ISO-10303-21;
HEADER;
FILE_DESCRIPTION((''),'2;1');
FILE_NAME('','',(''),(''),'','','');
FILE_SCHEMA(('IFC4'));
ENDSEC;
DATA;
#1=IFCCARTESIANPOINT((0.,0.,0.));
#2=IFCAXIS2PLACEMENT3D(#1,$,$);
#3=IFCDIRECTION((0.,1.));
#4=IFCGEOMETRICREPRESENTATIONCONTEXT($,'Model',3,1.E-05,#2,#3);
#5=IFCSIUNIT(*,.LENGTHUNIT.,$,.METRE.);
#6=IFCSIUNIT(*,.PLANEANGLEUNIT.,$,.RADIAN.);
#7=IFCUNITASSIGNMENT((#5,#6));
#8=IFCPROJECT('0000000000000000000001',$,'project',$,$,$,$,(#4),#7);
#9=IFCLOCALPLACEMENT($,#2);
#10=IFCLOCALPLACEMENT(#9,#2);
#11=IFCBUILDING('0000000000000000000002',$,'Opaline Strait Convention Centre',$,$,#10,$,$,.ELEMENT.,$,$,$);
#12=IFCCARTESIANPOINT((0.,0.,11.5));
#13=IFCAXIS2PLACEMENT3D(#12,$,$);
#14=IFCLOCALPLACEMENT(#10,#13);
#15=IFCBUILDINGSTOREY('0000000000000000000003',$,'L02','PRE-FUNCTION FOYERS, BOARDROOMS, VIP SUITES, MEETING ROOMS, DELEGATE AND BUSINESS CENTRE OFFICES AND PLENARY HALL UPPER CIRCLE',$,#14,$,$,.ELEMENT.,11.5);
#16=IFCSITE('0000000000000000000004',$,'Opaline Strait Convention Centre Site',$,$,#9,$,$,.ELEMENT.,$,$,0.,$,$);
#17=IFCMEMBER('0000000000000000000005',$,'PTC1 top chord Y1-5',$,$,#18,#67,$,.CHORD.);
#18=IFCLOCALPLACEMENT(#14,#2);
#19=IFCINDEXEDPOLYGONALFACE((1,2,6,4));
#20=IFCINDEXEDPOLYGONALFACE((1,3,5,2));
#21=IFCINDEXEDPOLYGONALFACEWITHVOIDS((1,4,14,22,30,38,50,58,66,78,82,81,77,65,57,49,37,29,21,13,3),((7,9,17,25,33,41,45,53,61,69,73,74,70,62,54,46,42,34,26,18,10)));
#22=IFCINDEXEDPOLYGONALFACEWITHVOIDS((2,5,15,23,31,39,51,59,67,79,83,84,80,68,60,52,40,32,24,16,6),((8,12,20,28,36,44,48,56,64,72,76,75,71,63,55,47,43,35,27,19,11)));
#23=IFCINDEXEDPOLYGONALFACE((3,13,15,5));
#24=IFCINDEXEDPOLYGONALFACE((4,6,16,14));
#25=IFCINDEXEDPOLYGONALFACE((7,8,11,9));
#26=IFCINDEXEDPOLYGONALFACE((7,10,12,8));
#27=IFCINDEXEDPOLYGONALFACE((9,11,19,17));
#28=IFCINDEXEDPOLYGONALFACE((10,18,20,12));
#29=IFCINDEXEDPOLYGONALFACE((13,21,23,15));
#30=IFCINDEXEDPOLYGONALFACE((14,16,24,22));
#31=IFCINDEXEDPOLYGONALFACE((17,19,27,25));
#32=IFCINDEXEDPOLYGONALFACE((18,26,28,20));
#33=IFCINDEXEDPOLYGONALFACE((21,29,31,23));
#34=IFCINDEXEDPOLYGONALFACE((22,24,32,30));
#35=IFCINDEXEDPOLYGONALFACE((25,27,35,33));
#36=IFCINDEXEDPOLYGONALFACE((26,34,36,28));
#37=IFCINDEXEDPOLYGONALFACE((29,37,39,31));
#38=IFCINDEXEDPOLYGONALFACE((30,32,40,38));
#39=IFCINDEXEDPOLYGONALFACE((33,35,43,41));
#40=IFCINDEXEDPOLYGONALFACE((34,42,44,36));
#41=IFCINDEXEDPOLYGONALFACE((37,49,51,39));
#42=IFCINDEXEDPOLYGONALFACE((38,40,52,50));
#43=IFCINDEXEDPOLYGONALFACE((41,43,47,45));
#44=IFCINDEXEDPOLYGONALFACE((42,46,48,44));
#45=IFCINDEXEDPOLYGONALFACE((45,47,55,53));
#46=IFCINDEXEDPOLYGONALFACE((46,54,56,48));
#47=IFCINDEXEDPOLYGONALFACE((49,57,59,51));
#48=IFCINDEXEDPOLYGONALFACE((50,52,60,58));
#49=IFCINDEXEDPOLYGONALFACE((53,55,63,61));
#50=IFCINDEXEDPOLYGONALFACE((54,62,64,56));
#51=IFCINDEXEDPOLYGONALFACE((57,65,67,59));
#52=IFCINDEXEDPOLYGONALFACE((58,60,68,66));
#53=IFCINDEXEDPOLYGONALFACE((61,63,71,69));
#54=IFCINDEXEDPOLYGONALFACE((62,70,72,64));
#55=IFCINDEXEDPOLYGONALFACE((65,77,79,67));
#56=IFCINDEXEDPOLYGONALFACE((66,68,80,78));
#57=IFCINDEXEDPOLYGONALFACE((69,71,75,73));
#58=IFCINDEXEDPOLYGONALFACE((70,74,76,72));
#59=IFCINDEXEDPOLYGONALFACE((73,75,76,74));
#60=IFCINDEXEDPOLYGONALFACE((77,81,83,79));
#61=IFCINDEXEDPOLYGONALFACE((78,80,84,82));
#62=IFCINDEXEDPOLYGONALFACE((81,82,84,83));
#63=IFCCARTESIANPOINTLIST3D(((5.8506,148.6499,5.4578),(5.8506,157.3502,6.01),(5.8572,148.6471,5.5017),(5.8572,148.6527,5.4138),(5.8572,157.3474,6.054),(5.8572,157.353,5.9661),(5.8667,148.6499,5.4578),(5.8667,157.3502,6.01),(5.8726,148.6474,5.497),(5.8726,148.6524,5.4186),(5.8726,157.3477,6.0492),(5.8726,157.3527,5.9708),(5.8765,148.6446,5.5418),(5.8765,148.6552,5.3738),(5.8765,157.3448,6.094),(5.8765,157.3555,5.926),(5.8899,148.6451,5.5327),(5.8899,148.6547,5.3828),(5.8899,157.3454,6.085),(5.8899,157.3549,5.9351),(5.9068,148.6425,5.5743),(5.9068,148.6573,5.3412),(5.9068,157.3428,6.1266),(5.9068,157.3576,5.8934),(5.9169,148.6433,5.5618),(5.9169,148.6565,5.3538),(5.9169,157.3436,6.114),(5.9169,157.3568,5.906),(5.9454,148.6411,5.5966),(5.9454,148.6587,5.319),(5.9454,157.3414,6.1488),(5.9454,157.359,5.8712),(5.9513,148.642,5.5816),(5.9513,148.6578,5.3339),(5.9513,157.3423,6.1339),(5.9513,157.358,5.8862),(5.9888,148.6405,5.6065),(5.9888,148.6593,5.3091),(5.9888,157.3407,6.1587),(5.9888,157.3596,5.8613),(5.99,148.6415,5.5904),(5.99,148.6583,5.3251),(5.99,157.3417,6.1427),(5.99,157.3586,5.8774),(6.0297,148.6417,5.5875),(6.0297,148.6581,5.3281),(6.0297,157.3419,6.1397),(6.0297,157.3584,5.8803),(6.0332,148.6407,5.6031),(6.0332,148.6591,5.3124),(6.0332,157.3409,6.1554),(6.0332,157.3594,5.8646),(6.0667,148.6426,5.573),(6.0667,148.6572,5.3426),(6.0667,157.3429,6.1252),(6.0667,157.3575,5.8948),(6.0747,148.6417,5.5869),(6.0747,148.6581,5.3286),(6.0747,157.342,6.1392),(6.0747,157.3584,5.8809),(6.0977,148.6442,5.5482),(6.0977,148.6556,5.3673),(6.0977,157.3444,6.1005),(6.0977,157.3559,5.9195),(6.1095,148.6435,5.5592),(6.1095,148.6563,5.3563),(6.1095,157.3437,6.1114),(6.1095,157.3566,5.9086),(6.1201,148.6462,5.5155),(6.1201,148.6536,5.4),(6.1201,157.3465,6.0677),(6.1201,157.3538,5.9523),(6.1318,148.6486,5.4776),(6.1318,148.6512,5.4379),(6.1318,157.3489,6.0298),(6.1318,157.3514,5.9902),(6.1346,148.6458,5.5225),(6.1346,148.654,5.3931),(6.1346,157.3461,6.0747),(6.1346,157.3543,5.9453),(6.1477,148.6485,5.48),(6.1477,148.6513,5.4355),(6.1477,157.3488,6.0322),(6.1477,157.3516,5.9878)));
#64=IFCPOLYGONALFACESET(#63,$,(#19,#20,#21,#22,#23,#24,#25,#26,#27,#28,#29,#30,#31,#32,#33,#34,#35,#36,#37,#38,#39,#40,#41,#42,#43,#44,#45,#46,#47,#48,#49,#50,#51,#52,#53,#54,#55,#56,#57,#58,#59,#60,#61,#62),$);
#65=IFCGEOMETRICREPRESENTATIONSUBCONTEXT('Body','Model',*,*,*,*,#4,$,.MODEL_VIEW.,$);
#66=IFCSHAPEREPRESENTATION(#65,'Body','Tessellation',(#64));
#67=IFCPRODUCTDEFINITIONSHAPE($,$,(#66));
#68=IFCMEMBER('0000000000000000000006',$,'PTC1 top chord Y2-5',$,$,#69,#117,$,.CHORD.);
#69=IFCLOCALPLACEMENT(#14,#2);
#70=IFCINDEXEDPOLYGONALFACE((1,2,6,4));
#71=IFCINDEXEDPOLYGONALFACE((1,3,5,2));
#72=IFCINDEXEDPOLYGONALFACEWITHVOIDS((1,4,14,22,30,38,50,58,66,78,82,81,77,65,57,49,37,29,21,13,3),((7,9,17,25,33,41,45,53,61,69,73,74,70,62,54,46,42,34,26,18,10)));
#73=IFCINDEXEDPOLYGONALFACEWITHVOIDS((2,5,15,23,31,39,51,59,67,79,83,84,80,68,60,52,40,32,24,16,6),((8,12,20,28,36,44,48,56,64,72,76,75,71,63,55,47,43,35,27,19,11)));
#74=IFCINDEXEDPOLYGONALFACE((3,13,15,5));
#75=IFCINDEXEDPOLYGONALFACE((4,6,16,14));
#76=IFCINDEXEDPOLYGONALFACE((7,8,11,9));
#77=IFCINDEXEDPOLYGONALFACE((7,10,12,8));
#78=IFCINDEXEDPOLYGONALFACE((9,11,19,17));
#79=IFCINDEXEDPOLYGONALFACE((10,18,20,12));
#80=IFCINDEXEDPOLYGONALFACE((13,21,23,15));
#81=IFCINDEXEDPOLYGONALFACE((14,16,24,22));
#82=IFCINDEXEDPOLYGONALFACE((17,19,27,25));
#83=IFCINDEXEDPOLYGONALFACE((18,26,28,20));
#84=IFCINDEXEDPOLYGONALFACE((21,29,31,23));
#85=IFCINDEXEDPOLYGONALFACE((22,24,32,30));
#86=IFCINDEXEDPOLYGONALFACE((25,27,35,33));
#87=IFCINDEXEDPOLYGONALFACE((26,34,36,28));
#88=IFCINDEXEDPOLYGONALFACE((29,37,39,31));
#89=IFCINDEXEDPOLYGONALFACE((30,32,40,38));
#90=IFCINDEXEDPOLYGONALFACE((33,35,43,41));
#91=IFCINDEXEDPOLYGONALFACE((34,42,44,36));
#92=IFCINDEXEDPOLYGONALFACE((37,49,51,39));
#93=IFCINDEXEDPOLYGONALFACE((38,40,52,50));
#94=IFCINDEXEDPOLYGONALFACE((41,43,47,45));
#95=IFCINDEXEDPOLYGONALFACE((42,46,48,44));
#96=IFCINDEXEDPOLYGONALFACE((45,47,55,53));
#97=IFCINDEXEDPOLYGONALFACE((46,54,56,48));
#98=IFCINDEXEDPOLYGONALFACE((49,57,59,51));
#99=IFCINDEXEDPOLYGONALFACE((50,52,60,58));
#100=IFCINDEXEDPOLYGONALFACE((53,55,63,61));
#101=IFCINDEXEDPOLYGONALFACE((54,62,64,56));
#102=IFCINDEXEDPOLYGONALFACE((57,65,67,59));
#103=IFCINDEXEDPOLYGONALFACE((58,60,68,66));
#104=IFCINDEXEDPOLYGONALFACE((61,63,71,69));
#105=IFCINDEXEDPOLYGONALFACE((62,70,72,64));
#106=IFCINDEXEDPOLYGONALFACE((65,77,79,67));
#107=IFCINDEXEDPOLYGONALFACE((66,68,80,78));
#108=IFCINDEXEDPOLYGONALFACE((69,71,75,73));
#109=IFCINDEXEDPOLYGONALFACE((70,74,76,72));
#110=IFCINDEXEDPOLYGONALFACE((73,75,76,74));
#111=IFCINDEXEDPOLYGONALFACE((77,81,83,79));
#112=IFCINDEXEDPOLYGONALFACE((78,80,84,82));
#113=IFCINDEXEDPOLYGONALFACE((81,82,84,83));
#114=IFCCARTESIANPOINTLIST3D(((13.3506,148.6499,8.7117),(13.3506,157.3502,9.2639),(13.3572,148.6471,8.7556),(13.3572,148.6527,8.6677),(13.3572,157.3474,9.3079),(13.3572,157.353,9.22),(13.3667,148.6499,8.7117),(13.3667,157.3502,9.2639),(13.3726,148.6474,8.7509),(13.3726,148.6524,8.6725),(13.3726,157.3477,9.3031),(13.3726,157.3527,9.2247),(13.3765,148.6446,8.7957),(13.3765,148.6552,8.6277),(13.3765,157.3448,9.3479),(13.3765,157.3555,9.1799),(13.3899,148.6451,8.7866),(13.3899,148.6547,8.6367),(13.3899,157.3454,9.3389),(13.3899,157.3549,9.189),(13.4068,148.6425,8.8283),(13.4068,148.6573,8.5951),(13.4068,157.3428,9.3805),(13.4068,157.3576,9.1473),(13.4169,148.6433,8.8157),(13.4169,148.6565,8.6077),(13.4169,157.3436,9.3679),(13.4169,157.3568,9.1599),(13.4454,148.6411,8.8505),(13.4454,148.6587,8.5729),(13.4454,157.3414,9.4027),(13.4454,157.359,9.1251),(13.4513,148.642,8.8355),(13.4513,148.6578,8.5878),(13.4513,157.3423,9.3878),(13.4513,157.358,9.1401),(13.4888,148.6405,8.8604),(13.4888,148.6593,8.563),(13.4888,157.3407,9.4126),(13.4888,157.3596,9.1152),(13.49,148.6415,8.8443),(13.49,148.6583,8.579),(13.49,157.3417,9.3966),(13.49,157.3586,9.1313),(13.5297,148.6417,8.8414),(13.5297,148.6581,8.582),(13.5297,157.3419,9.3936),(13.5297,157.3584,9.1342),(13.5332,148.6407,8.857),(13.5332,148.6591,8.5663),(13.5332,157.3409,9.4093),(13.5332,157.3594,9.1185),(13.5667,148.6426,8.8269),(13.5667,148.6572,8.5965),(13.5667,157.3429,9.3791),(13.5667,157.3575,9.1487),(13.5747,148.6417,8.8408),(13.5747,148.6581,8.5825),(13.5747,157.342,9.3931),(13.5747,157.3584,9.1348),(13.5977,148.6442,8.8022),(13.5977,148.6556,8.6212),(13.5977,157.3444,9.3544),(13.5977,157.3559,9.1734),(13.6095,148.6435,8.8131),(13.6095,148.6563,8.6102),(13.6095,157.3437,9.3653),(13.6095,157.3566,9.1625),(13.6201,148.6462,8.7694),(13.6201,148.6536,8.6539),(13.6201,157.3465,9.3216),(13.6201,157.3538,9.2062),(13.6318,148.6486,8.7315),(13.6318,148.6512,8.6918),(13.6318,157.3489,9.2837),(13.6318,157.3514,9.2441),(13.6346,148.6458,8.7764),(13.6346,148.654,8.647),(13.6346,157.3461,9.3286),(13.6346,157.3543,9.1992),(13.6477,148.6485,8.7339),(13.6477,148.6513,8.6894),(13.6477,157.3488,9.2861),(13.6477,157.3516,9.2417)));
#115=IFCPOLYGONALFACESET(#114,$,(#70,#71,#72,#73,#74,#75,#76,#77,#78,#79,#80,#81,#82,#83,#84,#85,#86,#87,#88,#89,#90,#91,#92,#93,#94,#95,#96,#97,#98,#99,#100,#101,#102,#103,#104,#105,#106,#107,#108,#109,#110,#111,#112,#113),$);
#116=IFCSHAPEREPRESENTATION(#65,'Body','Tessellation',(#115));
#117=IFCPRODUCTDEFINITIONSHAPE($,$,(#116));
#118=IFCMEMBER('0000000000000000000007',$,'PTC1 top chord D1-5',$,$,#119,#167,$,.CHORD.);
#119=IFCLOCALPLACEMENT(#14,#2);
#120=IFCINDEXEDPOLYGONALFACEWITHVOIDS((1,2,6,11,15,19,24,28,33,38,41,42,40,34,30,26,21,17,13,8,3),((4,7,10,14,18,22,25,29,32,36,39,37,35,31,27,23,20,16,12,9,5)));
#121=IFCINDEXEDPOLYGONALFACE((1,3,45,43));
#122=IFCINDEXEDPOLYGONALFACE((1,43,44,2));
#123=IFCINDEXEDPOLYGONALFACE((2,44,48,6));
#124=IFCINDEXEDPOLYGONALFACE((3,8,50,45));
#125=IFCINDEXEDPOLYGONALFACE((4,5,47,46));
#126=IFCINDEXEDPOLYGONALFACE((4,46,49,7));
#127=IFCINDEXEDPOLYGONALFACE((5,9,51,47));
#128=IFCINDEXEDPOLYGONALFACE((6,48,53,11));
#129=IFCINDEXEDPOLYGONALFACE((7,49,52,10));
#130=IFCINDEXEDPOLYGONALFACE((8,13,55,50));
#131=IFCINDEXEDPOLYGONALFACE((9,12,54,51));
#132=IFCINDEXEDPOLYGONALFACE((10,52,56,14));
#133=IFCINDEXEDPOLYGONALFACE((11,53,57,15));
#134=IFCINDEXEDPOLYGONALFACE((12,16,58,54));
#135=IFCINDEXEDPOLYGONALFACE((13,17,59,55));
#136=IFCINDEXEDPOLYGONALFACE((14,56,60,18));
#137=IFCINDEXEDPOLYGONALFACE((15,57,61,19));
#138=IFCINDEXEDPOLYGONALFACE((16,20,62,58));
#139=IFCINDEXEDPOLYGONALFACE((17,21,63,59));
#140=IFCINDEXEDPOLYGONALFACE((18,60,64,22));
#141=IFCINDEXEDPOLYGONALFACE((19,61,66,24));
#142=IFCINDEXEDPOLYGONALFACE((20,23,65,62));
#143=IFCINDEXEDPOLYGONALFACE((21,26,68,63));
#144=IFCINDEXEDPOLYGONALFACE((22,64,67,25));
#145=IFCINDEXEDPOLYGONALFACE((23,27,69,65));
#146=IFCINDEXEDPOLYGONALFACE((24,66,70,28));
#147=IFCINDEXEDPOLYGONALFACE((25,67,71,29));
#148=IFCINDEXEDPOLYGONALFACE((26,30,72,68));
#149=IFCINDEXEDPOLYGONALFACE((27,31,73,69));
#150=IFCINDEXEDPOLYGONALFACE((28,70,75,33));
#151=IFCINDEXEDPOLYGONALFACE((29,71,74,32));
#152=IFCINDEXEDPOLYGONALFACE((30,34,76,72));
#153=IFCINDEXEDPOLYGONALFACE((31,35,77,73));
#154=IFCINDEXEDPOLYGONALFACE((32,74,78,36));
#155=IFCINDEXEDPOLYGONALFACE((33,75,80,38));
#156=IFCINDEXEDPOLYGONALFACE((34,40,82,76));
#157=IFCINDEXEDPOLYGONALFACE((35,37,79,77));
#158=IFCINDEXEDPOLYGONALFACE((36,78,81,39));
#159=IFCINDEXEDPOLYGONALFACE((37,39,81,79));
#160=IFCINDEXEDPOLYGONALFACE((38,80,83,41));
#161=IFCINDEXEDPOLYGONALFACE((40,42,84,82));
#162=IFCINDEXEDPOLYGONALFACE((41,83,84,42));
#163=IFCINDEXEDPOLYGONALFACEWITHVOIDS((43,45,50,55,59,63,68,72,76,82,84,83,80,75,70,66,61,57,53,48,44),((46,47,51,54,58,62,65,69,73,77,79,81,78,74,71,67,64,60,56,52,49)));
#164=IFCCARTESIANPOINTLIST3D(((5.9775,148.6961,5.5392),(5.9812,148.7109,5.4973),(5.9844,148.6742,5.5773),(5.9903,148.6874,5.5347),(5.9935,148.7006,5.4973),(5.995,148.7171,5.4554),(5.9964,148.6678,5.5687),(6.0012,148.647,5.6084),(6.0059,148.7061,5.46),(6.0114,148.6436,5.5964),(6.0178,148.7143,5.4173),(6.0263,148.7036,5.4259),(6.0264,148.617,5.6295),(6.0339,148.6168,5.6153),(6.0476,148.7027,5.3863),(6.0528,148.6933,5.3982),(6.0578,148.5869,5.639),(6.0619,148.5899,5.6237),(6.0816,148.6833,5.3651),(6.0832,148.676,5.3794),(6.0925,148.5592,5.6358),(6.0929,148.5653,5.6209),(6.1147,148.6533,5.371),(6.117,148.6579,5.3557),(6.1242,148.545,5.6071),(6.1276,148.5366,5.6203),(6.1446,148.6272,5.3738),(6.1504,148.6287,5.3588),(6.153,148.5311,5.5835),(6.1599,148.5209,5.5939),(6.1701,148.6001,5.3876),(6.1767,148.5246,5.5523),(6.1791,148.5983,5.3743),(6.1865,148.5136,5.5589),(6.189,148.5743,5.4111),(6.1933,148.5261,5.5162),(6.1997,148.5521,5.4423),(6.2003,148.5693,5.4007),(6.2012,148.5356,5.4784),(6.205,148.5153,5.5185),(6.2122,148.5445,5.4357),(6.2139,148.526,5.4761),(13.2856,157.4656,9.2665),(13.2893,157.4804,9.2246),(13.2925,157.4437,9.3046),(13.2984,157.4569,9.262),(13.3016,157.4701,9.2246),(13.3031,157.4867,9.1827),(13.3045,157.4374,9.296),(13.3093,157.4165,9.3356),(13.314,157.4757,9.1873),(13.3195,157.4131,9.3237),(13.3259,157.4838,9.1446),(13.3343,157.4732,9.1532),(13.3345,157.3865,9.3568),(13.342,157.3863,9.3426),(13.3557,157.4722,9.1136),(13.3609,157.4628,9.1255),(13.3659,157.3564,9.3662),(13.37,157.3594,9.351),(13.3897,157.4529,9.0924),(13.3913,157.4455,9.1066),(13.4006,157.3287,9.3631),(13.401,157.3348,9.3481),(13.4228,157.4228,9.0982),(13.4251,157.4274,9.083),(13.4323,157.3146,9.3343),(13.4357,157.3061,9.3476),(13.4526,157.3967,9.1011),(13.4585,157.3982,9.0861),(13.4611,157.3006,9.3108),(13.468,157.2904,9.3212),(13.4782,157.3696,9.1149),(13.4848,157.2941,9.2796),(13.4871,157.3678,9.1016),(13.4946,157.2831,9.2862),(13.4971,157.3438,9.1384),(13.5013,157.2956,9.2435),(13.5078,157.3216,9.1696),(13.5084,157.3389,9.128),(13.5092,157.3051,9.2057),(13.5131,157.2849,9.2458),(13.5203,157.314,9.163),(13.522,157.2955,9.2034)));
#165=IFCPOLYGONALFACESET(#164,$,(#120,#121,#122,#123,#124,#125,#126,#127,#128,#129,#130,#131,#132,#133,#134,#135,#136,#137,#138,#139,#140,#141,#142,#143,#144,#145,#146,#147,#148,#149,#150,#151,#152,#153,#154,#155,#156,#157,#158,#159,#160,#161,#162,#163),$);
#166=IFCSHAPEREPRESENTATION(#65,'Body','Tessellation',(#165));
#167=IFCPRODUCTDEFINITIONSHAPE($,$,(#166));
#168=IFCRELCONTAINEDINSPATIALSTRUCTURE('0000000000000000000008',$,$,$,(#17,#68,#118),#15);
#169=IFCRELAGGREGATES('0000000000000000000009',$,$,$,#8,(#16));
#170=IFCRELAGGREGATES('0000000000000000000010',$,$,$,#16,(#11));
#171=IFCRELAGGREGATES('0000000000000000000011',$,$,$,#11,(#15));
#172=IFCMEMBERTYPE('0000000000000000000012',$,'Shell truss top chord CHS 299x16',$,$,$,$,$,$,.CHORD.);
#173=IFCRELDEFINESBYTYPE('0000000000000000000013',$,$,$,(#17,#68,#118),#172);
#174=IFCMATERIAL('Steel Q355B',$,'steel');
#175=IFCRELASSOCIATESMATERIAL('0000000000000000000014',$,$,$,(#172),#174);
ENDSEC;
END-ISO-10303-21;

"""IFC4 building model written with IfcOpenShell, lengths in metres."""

from ifc_helpers import new_model, si_unit, direction, frame, origin, origin_2d, place, context, subcontext, project, spatial, hollow_circle, extrude, material, material_profile, profile_set, type_object, element, save


model = new_model("IFC4")

# Units and contexts
model_context = context("Model", 3, precision=1e-05, world=origin(), true_north=direction((0.0, 1.0)))
body_context = subcontext(model_context, "Body", "Model", "MODEL_VIEW")
ifc_project = project(units=[si_unit("LENGTHUNIT", "METRE"), si_unit("PLANEANGLEUNIT", "RADIAN")], contexts=[model_context])

# Site, building, storey
site_placement = place(None, origin())
site = spatial("IfcSite", under=ifc_project, at=site_placement, Name="Opaline Strait Convention Centre Site", CompositionType="ELEMENT", RefElevation=0.0)
building_placement = place(site_placement, origin())
building = spatial("IfcBuilding", under=site, at=building_placement, Name="Opaline Strait Convention Centre", CompositionType="ELEMENT")
storey_placement = place(building_placement, frame((0.0, 0.0, 11.5)))
storey = spatial("IfcBuildingStorey", under=building, at=storey_placement, Name="L02", Description="PRE-FUNCTION FOYERS, BOARDROOMS, VIP SUITES, MEETING ROOMS, DELEGATE AND BUSINESS CENTRE OFFICES AND PLENARY HALL UPPER CIRCLE", CompositionType="ELEMENT", Elevation=11.5)

# Members
ifc_material_1 = material(Name="Steel Q355B", Category="steel")
ifc_material_profile_1 = material_profile(ifc_material_1, hollow_circle(Radius=0.1494, WallThickness=0.0161, at=origin_2d()), Name="CHS 299x16")
ifc_profile_set_1 = profile_set([ifc_material_profile_1], Name="Steel Q355B")
member_type_1 = type_object("IfcMemberType", Name="Shell truss top chord CHS 299x16", PredefinedType="CHORD", material=ifc_profile_set_1)
for number, where, z_axis, x_axis, name in (
    (1, (6.0, 148.6499, 5.4578), (0.0, 0.997992, 0.063348), (-1.0, 0.0, 0.0), "PTC1 top chord Y1-5"),
    (2, (13.5, 148.6499, 8.7117), (0.0, 0.997992, 0.063348), (-1.0, 0.0, 0.0), "PTC1 top chord Y2-5"),
):
    element("IfcMember", number, at=place(storey_placement, frame(where, z_axis=z_axis, x_axis=x_axis)), inside=storey, type_object=member_type_1, Name=name, PredefinedType="CHORD", context=body_context, shape_type="SweptSolid", body=[
        extrude(hollow_circle(Radius=0.1494, WallThickness=0.0161, at=origin_2d()), origin(), (0.0, 0.0, 1.0), 8.7178),
    ])
member_1_placement = place(storey_placement, frame((6.0959, 148.6152, 5.4973), z_axis=(0.608574, 0.730273, 0.310386), x_axis=(-0.768214, 0.640193, 0.0)))
element("IfcMember", 3, at=member_1_placement, inside=storey, type_object=member_type_1, Name="PTC1 top chord D1-5", PredefinedType="CHORD", context=body_context, shape_type="SweptSolid", body=[
    extrude(hollow_circle(Radius=0.1494, WallThickness=0.0161, at=origin_2d()), origin(), (0.0, 0.0, 1.0), 12.0085),
])

save(model, "model.ifc")
